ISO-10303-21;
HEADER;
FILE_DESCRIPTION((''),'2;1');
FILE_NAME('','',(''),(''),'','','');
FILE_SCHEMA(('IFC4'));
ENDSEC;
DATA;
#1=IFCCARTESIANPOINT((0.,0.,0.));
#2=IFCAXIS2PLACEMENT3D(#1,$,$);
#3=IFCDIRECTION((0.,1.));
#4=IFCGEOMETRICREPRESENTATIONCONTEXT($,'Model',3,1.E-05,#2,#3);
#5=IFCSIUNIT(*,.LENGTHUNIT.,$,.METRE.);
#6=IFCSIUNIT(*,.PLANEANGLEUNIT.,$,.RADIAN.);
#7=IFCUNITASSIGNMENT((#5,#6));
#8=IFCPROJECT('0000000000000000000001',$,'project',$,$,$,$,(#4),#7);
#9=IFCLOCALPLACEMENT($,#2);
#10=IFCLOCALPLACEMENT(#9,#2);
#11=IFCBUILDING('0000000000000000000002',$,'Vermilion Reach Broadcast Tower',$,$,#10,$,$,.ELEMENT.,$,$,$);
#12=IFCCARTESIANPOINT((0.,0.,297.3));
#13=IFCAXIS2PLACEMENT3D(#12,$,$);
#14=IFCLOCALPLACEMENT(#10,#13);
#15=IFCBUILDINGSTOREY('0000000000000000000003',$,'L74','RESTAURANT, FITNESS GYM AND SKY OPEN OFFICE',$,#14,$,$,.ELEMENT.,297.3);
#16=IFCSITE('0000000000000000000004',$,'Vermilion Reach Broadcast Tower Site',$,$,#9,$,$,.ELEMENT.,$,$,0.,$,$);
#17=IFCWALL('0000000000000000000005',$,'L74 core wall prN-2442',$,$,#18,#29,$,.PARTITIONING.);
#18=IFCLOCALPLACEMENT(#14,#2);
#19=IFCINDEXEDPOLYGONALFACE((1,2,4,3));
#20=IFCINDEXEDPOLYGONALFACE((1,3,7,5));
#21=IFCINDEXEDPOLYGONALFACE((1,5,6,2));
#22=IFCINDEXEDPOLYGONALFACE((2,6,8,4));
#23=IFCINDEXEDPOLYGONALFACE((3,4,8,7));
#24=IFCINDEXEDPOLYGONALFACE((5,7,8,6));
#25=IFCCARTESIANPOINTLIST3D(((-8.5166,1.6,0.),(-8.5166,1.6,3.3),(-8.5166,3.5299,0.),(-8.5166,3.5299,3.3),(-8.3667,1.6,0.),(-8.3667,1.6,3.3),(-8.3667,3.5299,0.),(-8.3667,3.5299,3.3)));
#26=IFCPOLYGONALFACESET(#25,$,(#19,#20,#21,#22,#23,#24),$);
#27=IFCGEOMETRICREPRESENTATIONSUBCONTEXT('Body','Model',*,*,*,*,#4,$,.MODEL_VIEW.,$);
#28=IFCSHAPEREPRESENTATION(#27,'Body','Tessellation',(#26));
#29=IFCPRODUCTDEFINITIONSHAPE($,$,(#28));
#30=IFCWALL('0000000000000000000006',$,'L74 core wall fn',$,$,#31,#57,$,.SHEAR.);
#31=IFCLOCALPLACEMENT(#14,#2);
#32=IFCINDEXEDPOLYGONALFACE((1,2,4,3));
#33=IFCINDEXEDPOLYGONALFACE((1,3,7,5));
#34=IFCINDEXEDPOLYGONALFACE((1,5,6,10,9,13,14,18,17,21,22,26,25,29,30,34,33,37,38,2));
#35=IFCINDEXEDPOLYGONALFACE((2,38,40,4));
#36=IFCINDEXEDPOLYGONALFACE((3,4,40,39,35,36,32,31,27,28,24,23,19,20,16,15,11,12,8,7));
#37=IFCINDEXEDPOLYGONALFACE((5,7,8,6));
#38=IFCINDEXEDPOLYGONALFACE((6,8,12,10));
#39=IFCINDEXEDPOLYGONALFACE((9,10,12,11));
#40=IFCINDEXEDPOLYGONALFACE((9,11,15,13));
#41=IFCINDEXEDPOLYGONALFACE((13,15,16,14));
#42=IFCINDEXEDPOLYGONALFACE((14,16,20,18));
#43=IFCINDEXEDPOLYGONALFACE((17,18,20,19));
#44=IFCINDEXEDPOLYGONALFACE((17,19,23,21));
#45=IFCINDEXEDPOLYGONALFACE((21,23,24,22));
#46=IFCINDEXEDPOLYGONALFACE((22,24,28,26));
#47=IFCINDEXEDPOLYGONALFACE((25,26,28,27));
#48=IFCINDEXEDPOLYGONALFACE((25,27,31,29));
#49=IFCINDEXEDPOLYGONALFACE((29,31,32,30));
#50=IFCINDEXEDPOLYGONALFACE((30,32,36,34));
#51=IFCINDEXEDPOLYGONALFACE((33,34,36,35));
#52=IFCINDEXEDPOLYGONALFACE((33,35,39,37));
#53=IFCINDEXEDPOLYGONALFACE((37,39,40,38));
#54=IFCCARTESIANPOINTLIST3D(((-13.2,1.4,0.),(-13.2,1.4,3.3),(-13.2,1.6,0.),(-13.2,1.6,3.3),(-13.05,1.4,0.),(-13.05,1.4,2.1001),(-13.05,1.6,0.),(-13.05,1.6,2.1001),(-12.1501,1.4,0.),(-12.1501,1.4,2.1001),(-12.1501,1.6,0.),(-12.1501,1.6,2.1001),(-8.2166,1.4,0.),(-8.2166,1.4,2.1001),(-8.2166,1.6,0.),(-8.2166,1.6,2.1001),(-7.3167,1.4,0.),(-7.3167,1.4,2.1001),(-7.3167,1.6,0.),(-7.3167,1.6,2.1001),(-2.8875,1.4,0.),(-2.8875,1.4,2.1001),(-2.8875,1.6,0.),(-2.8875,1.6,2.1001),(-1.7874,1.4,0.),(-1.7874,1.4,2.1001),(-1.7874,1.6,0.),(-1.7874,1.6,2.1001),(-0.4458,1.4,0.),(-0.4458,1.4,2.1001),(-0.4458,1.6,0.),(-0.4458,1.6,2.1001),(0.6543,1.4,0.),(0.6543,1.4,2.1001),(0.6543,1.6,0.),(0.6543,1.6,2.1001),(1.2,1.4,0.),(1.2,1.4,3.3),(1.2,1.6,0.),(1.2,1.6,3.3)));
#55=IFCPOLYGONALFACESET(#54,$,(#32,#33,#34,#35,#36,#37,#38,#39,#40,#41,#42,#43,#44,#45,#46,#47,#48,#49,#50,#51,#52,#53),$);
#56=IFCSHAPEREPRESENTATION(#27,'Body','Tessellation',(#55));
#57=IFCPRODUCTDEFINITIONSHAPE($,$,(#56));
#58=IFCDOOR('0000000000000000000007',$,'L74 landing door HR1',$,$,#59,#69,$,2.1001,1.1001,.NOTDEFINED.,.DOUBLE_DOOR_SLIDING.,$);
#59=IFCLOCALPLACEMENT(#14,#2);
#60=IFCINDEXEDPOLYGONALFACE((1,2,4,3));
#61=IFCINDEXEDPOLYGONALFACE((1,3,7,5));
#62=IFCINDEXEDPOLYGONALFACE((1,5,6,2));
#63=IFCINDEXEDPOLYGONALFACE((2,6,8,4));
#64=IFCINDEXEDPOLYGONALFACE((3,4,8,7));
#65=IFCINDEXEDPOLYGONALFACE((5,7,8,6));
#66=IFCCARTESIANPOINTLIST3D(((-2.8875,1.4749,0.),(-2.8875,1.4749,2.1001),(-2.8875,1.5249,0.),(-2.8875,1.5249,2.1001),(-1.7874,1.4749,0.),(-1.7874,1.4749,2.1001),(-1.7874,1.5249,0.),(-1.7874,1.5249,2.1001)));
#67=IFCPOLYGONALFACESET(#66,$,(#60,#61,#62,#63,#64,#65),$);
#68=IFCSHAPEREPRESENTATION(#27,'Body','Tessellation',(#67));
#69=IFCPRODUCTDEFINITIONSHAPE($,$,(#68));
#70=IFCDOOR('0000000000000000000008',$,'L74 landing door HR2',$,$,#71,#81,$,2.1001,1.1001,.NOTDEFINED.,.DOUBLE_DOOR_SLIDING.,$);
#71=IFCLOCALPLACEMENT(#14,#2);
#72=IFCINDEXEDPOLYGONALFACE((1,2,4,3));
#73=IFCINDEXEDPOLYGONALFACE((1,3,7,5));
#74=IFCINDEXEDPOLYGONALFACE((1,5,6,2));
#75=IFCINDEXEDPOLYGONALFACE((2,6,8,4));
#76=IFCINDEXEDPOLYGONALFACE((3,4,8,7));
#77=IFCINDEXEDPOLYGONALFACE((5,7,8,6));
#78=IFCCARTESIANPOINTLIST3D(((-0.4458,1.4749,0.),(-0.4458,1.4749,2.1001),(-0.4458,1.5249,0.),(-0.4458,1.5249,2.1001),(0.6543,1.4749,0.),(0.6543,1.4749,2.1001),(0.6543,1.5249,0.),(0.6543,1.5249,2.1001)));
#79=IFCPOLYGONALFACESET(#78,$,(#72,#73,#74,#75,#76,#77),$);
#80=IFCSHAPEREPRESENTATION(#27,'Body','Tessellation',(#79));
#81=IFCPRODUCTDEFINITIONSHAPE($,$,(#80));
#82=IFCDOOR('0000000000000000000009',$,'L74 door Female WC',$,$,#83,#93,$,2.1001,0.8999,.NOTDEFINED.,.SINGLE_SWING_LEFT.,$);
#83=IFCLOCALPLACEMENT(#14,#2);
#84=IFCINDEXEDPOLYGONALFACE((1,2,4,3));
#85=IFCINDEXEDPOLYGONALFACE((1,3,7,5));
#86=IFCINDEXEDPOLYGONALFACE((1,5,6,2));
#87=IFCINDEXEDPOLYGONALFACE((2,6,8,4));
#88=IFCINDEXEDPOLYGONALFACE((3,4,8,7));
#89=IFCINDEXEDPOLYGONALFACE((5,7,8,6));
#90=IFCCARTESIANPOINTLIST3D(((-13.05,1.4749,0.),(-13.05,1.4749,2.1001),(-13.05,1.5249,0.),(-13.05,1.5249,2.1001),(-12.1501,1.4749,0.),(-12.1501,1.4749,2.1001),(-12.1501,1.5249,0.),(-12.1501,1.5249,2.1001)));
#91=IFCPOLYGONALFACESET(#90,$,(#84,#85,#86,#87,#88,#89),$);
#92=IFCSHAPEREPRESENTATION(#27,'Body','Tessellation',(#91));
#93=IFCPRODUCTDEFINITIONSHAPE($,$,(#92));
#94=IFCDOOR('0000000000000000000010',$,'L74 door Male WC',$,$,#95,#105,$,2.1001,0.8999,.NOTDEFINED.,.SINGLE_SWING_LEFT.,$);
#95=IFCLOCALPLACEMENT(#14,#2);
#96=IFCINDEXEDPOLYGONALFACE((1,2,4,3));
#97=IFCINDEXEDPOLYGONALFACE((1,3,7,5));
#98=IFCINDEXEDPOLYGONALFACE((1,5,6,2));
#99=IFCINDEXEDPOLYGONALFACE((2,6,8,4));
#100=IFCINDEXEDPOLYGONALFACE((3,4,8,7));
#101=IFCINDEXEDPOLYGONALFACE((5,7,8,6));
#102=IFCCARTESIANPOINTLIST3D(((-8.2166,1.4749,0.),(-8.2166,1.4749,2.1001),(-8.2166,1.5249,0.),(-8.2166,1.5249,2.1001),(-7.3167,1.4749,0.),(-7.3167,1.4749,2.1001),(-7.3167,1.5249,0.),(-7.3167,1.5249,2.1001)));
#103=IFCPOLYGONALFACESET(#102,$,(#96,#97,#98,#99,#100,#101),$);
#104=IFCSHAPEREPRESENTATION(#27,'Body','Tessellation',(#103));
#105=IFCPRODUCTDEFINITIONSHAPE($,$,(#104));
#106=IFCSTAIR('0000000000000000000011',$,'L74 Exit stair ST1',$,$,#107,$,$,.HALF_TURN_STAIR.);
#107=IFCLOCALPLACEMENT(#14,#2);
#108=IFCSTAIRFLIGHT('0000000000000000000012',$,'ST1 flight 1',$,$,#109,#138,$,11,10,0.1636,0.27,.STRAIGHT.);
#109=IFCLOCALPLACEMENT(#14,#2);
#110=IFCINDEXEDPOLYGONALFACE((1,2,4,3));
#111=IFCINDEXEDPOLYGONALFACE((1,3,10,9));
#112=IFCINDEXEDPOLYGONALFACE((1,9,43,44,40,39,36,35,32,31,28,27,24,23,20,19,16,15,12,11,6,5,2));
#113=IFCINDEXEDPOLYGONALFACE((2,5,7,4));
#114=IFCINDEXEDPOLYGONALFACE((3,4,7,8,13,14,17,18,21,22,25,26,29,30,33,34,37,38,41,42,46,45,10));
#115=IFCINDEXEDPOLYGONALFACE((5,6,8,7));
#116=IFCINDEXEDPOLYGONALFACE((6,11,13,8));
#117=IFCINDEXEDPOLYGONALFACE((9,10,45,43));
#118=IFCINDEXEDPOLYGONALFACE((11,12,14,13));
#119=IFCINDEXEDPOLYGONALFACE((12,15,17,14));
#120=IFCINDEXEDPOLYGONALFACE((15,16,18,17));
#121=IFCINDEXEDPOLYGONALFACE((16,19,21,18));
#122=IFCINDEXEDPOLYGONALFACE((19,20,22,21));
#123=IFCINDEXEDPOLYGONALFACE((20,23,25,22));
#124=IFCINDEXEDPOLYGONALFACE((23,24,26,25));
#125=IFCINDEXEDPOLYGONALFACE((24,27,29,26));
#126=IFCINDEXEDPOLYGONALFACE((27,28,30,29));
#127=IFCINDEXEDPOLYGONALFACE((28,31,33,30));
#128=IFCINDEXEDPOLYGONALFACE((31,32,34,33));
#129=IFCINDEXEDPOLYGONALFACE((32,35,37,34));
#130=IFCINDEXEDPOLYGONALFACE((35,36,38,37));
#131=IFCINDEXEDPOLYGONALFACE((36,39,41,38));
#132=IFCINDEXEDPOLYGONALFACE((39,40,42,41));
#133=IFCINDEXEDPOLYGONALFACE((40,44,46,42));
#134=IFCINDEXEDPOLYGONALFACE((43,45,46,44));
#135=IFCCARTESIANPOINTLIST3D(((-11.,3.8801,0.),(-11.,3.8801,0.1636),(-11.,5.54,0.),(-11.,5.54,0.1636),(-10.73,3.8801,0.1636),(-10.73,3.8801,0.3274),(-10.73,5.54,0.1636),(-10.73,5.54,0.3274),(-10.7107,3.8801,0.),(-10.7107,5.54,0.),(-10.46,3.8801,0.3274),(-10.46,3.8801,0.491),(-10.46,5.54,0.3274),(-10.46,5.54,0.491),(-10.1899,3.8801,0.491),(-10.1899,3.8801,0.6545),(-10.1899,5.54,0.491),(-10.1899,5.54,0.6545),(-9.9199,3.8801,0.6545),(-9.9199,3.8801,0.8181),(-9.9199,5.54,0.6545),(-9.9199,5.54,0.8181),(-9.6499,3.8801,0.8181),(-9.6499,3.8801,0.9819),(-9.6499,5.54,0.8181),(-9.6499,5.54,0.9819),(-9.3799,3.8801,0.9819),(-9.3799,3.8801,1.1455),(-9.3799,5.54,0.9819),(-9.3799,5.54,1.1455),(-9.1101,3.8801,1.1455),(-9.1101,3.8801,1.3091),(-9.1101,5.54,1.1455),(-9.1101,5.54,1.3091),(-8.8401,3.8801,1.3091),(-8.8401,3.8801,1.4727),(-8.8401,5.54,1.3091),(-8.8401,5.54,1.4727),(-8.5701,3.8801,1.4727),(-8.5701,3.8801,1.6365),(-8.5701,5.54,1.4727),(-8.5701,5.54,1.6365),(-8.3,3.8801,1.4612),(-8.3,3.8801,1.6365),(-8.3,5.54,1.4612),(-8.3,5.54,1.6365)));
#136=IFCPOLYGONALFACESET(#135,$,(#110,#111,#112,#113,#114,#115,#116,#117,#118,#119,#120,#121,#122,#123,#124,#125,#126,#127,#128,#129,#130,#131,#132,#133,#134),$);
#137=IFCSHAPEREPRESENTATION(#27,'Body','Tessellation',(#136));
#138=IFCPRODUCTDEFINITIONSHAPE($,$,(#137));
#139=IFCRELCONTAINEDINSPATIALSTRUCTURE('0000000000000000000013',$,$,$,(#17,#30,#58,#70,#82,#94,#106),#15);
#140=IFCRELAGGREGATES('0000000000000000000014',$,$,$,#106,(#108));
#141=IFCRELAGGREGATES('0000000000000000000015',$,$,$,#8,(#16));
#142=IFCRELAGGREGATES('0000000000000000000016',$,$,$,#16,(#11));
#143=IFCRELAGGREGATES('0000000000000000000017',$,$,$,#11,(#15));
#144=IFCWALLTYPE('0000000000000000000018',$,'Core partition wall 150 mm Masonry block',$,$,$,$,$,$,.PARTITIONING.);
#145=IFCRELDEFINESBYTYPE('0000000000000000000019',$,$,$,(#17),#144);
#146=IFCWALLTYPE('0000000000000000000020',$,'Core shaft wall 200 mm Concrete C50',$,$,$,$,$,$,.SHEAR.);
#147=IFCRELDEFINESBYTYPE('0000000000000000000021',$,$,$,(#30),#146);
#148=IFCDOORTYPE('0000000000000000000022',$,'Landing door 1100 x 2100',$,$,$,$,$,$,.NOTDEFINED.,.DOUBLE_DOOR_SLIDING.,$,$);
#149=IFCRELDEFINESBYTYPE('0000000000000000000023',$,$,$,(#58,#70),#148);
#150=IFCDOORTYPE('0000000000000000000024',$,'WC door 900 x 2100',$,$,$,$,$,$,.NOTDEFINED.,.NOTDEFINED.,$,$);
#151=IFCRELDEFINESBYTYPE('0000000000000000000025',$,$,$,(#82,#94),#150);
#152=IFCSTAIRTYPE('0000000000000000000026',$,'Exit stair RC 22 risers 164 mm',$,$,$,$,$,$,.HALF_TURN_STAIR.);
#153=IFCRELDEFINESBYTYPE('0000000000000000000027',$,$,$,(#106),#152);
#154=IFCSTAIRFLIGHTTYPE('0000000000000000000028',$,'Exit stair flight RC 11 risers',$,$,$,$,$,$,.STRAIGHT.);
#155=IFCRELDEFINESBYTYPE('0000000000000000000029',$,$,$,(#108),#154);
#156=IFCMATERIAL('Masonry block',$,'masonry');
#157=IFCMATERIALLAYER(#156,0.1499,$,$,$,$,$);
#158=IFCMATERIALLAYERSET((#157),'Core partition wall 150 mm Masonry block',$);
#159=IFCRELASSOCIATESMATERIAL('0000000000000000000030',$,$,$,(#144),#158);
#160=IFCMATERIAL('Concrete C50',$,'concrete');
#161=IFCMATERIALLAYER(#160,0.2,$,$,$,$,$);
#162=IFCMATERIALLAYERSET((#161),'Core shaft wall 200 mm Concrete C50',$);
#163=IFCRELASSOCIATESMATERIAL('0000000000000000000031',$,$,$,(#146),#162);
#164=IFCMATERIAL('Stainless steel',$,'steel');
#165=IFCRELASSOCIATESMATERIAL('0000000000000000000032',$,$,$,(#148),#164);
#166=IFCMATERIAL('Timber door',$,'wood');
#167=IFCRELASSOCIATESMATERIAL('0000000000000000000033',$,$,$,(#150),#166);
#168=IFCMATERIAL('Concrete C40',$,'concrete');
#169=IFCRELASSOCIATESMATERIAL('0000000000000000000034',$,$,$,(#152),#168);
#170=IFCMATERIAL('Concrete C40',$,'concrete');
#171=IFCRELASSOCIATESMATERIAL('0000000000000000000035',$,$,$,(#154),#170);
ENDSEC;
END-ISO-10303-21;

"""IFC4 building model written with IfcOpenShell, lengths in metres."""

from ifc_helpers import new_model, si_unit, direction, frame, frame_2d, origin, place, context, subcontext, project, spatial, polyline, rectangle, outline, extrude, material, layer, layer_set, type_object, element, fill, aggregate, save


model = new_model("IFC4")

# Units and contexts
model_context = context("Model", 3, precision=1e-05, world=origin(), true_north=direction((0.0, 1.0)))
body_context = subcontext(model_context, "Body", "Model", "MODEL_VIEW")
ifc_project = project(units=[si_unit("LENGTHUNIT", "METRE"), si_unit("PLANEANGLEUNIT", "RADIAN")], contexts=[model_context])

# Site, building, storey
site_placement = place(None, origin())
site = spatial("IfcSite", under=ifc_project, at=site_placement, Name="Vermilion Reach Broadcast Tower Site", CompositionType="ELEMENT", RefElevation=0.0)
building_placement = place(site_placement, origin())
building = spatial("IfcBuilding", under=site, at=building_placement, Name="Vermilion Reach Broadcast Tower", CompositionType="ELEMENT")
storey_placement = place(building_placement, frame((0.0, 0.0, 297.3)))
storey = spatial("IfcBuildingStorey", under=building, at=storey_placement, Name="L74", Description="RESTAURANT, FITNESS GYM AND SKY OPEN OFFICE", CompositionType="ELEMENT", Elevation=297.3)

# Wall
ifc_material_1 = material(Name="Masonry block", Category="masonry")
ifc_layer_1 = layer(ifc_material_1, 0.1499)
ifc_layer_set_1 = layer_set([ifc_layer_1], Name="Core partition wall 150 mm Masonry block")
wall_type_1 = type_object("IfcWallType", Name="Core partition wall 150 mm Masonry block", PredefinedType="PARTITIONING", material=ifc_layer_set_1)
wall_1_placement = place(storey_placement, frame((-8.4417, 1.6001, 0.0), z_axis=(0.0, 0.0, 1.0), x_axis=(0.0, 1.0, 0.0)))
element("IfcWall", 1, at=wall_1_placement, inside=storey, type_object=wall_type_1, Name="L74 core wall prN-2442", PredefinedType="PARTITIONING", context=body_context, shape_type="SweptSolid", body=[
    extrude(rectangle(XDim=1.9299, YDim=0.1499, at=frame_2d((0.9648, 0.0))), origin(), (0.0, 0.0, 1.0), 3.3),
])

# Wall, openings, doors
ifc_material_2 = material(Name="Concrete C50", Category="concrete")
ifc_layer_2 = layer(ifc_material_2, 0.2)
ifc_layer_set_2 = layer_set([ifc_layer_2], Name="Core shaft wall 200 mm Concrete C50")
wall_type_2 = type_object("IfcWallType", Name="Core shaft wall 200 mm Concrete C50", PredefinedType="SHEAR", material=ifc_layer_set_2)
wall_2_placement = place(storey_placement, frame((-13.2, 1.5, 0.0), z_axis=(0.0, 0.0, 1.0), x_axis=(1.0, 0.0, 0.0)))
wall_2 = element("IfcWall", 2, at=wall_2_placement, inside=storey, type_object=wall_type_2, Name="L74 core wall fn", PredefinedType="SHEAR", context=body_context, shape_type="SweptSolid", body=[
    extrude(rectangle(XDim=14.3999, YDim=0.2, at=frame_2d((7.2, 0.0))), origin(), (0.0, 0.0, 1.0), 3.3),
])
opening_1_placement = place(wall_2_placement, frame((10.3125, 0.0, 0.0)))
opening_1 = element("IfcOpeningElement", 3, at=opening_1_placement, cuts=wall_2, PredefinedType="OPENING", context=body_context, shape_type="SweptSolid", body=[
    extrude(rectangle(XDim=1.1001, YDim=2.1001, at=frame_2d((0.55, 1.05))), frame((0.0, 0.1099, 0.0), z_axis=(0.0, -1.0, 0.0), x_axis=(1.0, 0.0, 0.0)), (0.0, 0.0, 1.0), 0.22),
])
opening_2_placement = place(wall_2_placement, frame((12.7542, 0.0, 0.0)))
opening_2 = element("IfcOpeningElement", 4, at=opening_2_placement, cuts=wall_2, PredefinedType="OPENING", context=body_context, shape_type="SweptSolid", body=[
    extrude(rectangle(XDim=1.1001, YDim=2.1001, at=frame_2d((0.55, 1.05))), frame((0.0, 0.1099, 0.0), z_axis=(0.0, -1.0, 0.0), x_axis=(1.0, 0.0, 0.0)), (0.0, 0.0, 1.0), 0.22),
])
opening_3_placement = place(wall_2_placement, frame((0.1499, 0.0, 0.0)))
opening_3 = element("IfcOpeningElement", 5, at=opening_3_placement, cuts=wall_2, PredefinedType="OPENING", context=body_context, shape_type="SweptSolid", body=[
    extrude(rectangle(XDim=0.8999, YDim=2.1001, at=frame_2d((0.45, 1.05))), frame((0.0, 0.1099, 0.0), z_axis=(0.0, -1.0, 0.0), x_axis=(1.0, 0.0, 0.0)), (0.0, 0.0, 1.0), 0.22),
])
opening_4_placement = place(wall_2_placement, frame((4.9834, 0.0, 0.0)))
opening_4 = element("IfcOpeningElement", 6, at=opening_4_placement, cuts=wall_2, PredefinedType="OPENING", context=body_context, shape_type="SweptSolid", body=[
    extrude(rectangle(XDim=0.8999, YDim=2.1001, at=frame_2d((0.45, 1.05))), frame((0.0, 0.1099, 0.0), z_axis=(0.0, -1.0, 0.0), x_axis=(1.0, 0.0, 0.0)), (0.0, 0.0, 1.0), 0.22),
])
ifc_material_3 = material(Name="Stainless steel", Category="steel")
door_type_1 = type_object("IfcDoorType", Name="Landing door 1100 x 2100", OperationType="DOUBLE_DOOR_SLIDING", PredefinedType="NOTDEFINED", material=ifc_material_3)
door_1_placement = place(opening_1_placement, origin())
door_1 = element("IfcDoor", 7, at=door_1_placement, inside=storey, type_object=door_type_1, Name="L74 landing door HR1", OperationType="DOUBLE_DOOR_SLIDING", OverallHeight=2.1001, OverallWidth=1.1001, PredefinedType="NOTDEFINED", context=body_context, shape_type="SweptSolid", body=[
    extrude(rectangle(XDim=1.1001, YDim=2.1001, at=frame_2d((0.55, 1.05))), frame((0.0, 0.0249, 0.0), z_axis=(0.0, -1.0, 0.0), x_axis=(1.0, 0.0, 0.0)), (0.0, 0.0, 1.0), 0.05),
])
fill(opening_1, door_1)
door_2_placement = place(opening_2_placement, origin())
door_2 = element("IfcDoor", 8, at=door_2_placement, inside=storey, type_object=door_type_1, Name="L74 landing door HR2", OperationType="DOUBLE_DOOR_SLIDING", OverallHeight=2.1001, OverallWidth=1.1001, PredefinedType="NOTDEFINED", context=body_context, shape_type="SweptSolid", body=[
    extrude(rectangle(XDim=1.1001, YDim=2.1001, at=frame_2d((0.55, 1.05))), frame((0.0, 0.0249, 0.0), z_axis=(0.0, -1.0, 0.0), x_axis=(1.0, 0.0, 0.0)), (0.0, 0.0, 1.0), 0.05),
])
fill(opening_2, door_2)
ifc_material_4 = material(Name="Timber door", Category="wood")
door_type_2 = type_object("IfcDoorType", Name="WC door 900 x 2100", OperationType="NOTDEFINED", PredefinedType="NOTDEFINED", material=ifc_material_4)
door_3_placement = place(opening_3_placement, origin())
door_3 = element("IfcDoor", 9, at=door_3_placement, inside=storey, type_object=door_type_2, Name="L74 door Female WC", OperationType="SINGLE_SWING_LEFT", OverallHeight=2.1001, OverallWidth=0.8999, PredefinedType="NOTDEFINED", context=body_context, shape_type="SweptSolid", body=[
    extrude(rectangle(XDim=0.8999, YDim=2.1001, at=frame_2d((0.45, 1.05))), frame((0.0, 0.0249, 0.0), z_axis=(0.0, -1.0, 0.0), x_axis=(1.0, 0.0, 0.0)), (0.0, 0.0, 1.0), 0.05),
])
fill(opening_3, door_3)
door_4_placement = place(opening_4_placement, origin())
door_4 = element("IfcDoor", 10, at=door_4_placement, inside=storey, type_object=door_type_2, Name="L74 door Male WC", OperationType="SINGLE_SWING_LEFT", OverallHeight=2.1001, OverallWidth=0.8999, PredefinedType="NOTDEFINED", context=body_context, shape_type="SweptSolid", body=[
    extrude(rectangle(XDim=0.8999, YDim=2.1001, at=frame_2d((0.45, 1.05))), frame((0.0, 0.0249, 0.0), z_axis=(0.0, -1.0, 0.0), x_axis=(1.0, 0.0, 0.0)), (0.0, 0.0, 1.0), 0.05),
])
fill(opening_4, door_4)

# Stair, stair flight
ifc_material_5 = material(Name="Concrete C40", Category="concrete")
stair_type = type_object("IfcStairType", Name="Exit stair RC 22 risers 164 mm", PredefinedType="HALF_TURN_STAIR", material=ifc_material_5)
stair_placement = place(storey_placement, origin())
stair = element("IfcStair", 11, at=stair_placement, inside=storey, type_object=stair_type, Name="L74 Exit stair ST1", PredefinedType="HALF_TURN_STAIR")
ifc_material_6 = material(Name="Concrete C40", Category="concrete")
stair_flight_type = type_object("IfcStairFlightType", Name="Exit stair flight RC 11 risers", PredefinedType="STRAIGHT", material=ifc_material_6)
stair_flight_1_placement = place(storey_placement, frame((-11.0, 4.71, 0.0), z_axis=(0.0, 0.0, 1.0), x_axis=(1.0, 0.0, 0.0)))
stair_flight_1 = element("IfcStairFlight", 12, at=stair_flight_1_placement, type_object=stair_flight_type, Name="ST1 flight 1", NumberOfRisers=11, NumberOfTreads=10, PredefinedType="STRAIGHT", RiserHeight=0.1636, TreadLength=0.27, context=body_context, shape_type="SweptSolid", body=[
    extrude(outline(polyline([(0.0, 0.0), (0.0, 0.1636), (0.27, 0.1636), (0.27, 0.3274), (0.54, 0.3274), (0.54, 0.491), (0.8101, 0.491), (0.8101, 0.6545), (1.0801, 0.6545), (1.0801, 0.8181), (1.3501, 0.8181), (1.3501, 0.9819), (1.6201, 0.9819), (1.6201, 1.1455), (1.8899, 1.1455), (1.8899, 1.3091), (2.1599, 1.3091), (2.1599, 1.4727), (2.4299, 1.4727), (2.4299, 1.6365), (2.7, 1.6365), (2.7, 1.8), (2.7, 1.4612), (0.2893, 0.0), (0.0, 0.0)])), frame((0.0, 0.8301, 0.0), z_axis=(0.0, -1.0, 0.0), x_axis=(1.0, 0.0, 0.0)), (0.0, 0.0, 1.0), 1.6599),
])
aggregate(stair, [stair_flight_1])

save(model, "model.ifc")
